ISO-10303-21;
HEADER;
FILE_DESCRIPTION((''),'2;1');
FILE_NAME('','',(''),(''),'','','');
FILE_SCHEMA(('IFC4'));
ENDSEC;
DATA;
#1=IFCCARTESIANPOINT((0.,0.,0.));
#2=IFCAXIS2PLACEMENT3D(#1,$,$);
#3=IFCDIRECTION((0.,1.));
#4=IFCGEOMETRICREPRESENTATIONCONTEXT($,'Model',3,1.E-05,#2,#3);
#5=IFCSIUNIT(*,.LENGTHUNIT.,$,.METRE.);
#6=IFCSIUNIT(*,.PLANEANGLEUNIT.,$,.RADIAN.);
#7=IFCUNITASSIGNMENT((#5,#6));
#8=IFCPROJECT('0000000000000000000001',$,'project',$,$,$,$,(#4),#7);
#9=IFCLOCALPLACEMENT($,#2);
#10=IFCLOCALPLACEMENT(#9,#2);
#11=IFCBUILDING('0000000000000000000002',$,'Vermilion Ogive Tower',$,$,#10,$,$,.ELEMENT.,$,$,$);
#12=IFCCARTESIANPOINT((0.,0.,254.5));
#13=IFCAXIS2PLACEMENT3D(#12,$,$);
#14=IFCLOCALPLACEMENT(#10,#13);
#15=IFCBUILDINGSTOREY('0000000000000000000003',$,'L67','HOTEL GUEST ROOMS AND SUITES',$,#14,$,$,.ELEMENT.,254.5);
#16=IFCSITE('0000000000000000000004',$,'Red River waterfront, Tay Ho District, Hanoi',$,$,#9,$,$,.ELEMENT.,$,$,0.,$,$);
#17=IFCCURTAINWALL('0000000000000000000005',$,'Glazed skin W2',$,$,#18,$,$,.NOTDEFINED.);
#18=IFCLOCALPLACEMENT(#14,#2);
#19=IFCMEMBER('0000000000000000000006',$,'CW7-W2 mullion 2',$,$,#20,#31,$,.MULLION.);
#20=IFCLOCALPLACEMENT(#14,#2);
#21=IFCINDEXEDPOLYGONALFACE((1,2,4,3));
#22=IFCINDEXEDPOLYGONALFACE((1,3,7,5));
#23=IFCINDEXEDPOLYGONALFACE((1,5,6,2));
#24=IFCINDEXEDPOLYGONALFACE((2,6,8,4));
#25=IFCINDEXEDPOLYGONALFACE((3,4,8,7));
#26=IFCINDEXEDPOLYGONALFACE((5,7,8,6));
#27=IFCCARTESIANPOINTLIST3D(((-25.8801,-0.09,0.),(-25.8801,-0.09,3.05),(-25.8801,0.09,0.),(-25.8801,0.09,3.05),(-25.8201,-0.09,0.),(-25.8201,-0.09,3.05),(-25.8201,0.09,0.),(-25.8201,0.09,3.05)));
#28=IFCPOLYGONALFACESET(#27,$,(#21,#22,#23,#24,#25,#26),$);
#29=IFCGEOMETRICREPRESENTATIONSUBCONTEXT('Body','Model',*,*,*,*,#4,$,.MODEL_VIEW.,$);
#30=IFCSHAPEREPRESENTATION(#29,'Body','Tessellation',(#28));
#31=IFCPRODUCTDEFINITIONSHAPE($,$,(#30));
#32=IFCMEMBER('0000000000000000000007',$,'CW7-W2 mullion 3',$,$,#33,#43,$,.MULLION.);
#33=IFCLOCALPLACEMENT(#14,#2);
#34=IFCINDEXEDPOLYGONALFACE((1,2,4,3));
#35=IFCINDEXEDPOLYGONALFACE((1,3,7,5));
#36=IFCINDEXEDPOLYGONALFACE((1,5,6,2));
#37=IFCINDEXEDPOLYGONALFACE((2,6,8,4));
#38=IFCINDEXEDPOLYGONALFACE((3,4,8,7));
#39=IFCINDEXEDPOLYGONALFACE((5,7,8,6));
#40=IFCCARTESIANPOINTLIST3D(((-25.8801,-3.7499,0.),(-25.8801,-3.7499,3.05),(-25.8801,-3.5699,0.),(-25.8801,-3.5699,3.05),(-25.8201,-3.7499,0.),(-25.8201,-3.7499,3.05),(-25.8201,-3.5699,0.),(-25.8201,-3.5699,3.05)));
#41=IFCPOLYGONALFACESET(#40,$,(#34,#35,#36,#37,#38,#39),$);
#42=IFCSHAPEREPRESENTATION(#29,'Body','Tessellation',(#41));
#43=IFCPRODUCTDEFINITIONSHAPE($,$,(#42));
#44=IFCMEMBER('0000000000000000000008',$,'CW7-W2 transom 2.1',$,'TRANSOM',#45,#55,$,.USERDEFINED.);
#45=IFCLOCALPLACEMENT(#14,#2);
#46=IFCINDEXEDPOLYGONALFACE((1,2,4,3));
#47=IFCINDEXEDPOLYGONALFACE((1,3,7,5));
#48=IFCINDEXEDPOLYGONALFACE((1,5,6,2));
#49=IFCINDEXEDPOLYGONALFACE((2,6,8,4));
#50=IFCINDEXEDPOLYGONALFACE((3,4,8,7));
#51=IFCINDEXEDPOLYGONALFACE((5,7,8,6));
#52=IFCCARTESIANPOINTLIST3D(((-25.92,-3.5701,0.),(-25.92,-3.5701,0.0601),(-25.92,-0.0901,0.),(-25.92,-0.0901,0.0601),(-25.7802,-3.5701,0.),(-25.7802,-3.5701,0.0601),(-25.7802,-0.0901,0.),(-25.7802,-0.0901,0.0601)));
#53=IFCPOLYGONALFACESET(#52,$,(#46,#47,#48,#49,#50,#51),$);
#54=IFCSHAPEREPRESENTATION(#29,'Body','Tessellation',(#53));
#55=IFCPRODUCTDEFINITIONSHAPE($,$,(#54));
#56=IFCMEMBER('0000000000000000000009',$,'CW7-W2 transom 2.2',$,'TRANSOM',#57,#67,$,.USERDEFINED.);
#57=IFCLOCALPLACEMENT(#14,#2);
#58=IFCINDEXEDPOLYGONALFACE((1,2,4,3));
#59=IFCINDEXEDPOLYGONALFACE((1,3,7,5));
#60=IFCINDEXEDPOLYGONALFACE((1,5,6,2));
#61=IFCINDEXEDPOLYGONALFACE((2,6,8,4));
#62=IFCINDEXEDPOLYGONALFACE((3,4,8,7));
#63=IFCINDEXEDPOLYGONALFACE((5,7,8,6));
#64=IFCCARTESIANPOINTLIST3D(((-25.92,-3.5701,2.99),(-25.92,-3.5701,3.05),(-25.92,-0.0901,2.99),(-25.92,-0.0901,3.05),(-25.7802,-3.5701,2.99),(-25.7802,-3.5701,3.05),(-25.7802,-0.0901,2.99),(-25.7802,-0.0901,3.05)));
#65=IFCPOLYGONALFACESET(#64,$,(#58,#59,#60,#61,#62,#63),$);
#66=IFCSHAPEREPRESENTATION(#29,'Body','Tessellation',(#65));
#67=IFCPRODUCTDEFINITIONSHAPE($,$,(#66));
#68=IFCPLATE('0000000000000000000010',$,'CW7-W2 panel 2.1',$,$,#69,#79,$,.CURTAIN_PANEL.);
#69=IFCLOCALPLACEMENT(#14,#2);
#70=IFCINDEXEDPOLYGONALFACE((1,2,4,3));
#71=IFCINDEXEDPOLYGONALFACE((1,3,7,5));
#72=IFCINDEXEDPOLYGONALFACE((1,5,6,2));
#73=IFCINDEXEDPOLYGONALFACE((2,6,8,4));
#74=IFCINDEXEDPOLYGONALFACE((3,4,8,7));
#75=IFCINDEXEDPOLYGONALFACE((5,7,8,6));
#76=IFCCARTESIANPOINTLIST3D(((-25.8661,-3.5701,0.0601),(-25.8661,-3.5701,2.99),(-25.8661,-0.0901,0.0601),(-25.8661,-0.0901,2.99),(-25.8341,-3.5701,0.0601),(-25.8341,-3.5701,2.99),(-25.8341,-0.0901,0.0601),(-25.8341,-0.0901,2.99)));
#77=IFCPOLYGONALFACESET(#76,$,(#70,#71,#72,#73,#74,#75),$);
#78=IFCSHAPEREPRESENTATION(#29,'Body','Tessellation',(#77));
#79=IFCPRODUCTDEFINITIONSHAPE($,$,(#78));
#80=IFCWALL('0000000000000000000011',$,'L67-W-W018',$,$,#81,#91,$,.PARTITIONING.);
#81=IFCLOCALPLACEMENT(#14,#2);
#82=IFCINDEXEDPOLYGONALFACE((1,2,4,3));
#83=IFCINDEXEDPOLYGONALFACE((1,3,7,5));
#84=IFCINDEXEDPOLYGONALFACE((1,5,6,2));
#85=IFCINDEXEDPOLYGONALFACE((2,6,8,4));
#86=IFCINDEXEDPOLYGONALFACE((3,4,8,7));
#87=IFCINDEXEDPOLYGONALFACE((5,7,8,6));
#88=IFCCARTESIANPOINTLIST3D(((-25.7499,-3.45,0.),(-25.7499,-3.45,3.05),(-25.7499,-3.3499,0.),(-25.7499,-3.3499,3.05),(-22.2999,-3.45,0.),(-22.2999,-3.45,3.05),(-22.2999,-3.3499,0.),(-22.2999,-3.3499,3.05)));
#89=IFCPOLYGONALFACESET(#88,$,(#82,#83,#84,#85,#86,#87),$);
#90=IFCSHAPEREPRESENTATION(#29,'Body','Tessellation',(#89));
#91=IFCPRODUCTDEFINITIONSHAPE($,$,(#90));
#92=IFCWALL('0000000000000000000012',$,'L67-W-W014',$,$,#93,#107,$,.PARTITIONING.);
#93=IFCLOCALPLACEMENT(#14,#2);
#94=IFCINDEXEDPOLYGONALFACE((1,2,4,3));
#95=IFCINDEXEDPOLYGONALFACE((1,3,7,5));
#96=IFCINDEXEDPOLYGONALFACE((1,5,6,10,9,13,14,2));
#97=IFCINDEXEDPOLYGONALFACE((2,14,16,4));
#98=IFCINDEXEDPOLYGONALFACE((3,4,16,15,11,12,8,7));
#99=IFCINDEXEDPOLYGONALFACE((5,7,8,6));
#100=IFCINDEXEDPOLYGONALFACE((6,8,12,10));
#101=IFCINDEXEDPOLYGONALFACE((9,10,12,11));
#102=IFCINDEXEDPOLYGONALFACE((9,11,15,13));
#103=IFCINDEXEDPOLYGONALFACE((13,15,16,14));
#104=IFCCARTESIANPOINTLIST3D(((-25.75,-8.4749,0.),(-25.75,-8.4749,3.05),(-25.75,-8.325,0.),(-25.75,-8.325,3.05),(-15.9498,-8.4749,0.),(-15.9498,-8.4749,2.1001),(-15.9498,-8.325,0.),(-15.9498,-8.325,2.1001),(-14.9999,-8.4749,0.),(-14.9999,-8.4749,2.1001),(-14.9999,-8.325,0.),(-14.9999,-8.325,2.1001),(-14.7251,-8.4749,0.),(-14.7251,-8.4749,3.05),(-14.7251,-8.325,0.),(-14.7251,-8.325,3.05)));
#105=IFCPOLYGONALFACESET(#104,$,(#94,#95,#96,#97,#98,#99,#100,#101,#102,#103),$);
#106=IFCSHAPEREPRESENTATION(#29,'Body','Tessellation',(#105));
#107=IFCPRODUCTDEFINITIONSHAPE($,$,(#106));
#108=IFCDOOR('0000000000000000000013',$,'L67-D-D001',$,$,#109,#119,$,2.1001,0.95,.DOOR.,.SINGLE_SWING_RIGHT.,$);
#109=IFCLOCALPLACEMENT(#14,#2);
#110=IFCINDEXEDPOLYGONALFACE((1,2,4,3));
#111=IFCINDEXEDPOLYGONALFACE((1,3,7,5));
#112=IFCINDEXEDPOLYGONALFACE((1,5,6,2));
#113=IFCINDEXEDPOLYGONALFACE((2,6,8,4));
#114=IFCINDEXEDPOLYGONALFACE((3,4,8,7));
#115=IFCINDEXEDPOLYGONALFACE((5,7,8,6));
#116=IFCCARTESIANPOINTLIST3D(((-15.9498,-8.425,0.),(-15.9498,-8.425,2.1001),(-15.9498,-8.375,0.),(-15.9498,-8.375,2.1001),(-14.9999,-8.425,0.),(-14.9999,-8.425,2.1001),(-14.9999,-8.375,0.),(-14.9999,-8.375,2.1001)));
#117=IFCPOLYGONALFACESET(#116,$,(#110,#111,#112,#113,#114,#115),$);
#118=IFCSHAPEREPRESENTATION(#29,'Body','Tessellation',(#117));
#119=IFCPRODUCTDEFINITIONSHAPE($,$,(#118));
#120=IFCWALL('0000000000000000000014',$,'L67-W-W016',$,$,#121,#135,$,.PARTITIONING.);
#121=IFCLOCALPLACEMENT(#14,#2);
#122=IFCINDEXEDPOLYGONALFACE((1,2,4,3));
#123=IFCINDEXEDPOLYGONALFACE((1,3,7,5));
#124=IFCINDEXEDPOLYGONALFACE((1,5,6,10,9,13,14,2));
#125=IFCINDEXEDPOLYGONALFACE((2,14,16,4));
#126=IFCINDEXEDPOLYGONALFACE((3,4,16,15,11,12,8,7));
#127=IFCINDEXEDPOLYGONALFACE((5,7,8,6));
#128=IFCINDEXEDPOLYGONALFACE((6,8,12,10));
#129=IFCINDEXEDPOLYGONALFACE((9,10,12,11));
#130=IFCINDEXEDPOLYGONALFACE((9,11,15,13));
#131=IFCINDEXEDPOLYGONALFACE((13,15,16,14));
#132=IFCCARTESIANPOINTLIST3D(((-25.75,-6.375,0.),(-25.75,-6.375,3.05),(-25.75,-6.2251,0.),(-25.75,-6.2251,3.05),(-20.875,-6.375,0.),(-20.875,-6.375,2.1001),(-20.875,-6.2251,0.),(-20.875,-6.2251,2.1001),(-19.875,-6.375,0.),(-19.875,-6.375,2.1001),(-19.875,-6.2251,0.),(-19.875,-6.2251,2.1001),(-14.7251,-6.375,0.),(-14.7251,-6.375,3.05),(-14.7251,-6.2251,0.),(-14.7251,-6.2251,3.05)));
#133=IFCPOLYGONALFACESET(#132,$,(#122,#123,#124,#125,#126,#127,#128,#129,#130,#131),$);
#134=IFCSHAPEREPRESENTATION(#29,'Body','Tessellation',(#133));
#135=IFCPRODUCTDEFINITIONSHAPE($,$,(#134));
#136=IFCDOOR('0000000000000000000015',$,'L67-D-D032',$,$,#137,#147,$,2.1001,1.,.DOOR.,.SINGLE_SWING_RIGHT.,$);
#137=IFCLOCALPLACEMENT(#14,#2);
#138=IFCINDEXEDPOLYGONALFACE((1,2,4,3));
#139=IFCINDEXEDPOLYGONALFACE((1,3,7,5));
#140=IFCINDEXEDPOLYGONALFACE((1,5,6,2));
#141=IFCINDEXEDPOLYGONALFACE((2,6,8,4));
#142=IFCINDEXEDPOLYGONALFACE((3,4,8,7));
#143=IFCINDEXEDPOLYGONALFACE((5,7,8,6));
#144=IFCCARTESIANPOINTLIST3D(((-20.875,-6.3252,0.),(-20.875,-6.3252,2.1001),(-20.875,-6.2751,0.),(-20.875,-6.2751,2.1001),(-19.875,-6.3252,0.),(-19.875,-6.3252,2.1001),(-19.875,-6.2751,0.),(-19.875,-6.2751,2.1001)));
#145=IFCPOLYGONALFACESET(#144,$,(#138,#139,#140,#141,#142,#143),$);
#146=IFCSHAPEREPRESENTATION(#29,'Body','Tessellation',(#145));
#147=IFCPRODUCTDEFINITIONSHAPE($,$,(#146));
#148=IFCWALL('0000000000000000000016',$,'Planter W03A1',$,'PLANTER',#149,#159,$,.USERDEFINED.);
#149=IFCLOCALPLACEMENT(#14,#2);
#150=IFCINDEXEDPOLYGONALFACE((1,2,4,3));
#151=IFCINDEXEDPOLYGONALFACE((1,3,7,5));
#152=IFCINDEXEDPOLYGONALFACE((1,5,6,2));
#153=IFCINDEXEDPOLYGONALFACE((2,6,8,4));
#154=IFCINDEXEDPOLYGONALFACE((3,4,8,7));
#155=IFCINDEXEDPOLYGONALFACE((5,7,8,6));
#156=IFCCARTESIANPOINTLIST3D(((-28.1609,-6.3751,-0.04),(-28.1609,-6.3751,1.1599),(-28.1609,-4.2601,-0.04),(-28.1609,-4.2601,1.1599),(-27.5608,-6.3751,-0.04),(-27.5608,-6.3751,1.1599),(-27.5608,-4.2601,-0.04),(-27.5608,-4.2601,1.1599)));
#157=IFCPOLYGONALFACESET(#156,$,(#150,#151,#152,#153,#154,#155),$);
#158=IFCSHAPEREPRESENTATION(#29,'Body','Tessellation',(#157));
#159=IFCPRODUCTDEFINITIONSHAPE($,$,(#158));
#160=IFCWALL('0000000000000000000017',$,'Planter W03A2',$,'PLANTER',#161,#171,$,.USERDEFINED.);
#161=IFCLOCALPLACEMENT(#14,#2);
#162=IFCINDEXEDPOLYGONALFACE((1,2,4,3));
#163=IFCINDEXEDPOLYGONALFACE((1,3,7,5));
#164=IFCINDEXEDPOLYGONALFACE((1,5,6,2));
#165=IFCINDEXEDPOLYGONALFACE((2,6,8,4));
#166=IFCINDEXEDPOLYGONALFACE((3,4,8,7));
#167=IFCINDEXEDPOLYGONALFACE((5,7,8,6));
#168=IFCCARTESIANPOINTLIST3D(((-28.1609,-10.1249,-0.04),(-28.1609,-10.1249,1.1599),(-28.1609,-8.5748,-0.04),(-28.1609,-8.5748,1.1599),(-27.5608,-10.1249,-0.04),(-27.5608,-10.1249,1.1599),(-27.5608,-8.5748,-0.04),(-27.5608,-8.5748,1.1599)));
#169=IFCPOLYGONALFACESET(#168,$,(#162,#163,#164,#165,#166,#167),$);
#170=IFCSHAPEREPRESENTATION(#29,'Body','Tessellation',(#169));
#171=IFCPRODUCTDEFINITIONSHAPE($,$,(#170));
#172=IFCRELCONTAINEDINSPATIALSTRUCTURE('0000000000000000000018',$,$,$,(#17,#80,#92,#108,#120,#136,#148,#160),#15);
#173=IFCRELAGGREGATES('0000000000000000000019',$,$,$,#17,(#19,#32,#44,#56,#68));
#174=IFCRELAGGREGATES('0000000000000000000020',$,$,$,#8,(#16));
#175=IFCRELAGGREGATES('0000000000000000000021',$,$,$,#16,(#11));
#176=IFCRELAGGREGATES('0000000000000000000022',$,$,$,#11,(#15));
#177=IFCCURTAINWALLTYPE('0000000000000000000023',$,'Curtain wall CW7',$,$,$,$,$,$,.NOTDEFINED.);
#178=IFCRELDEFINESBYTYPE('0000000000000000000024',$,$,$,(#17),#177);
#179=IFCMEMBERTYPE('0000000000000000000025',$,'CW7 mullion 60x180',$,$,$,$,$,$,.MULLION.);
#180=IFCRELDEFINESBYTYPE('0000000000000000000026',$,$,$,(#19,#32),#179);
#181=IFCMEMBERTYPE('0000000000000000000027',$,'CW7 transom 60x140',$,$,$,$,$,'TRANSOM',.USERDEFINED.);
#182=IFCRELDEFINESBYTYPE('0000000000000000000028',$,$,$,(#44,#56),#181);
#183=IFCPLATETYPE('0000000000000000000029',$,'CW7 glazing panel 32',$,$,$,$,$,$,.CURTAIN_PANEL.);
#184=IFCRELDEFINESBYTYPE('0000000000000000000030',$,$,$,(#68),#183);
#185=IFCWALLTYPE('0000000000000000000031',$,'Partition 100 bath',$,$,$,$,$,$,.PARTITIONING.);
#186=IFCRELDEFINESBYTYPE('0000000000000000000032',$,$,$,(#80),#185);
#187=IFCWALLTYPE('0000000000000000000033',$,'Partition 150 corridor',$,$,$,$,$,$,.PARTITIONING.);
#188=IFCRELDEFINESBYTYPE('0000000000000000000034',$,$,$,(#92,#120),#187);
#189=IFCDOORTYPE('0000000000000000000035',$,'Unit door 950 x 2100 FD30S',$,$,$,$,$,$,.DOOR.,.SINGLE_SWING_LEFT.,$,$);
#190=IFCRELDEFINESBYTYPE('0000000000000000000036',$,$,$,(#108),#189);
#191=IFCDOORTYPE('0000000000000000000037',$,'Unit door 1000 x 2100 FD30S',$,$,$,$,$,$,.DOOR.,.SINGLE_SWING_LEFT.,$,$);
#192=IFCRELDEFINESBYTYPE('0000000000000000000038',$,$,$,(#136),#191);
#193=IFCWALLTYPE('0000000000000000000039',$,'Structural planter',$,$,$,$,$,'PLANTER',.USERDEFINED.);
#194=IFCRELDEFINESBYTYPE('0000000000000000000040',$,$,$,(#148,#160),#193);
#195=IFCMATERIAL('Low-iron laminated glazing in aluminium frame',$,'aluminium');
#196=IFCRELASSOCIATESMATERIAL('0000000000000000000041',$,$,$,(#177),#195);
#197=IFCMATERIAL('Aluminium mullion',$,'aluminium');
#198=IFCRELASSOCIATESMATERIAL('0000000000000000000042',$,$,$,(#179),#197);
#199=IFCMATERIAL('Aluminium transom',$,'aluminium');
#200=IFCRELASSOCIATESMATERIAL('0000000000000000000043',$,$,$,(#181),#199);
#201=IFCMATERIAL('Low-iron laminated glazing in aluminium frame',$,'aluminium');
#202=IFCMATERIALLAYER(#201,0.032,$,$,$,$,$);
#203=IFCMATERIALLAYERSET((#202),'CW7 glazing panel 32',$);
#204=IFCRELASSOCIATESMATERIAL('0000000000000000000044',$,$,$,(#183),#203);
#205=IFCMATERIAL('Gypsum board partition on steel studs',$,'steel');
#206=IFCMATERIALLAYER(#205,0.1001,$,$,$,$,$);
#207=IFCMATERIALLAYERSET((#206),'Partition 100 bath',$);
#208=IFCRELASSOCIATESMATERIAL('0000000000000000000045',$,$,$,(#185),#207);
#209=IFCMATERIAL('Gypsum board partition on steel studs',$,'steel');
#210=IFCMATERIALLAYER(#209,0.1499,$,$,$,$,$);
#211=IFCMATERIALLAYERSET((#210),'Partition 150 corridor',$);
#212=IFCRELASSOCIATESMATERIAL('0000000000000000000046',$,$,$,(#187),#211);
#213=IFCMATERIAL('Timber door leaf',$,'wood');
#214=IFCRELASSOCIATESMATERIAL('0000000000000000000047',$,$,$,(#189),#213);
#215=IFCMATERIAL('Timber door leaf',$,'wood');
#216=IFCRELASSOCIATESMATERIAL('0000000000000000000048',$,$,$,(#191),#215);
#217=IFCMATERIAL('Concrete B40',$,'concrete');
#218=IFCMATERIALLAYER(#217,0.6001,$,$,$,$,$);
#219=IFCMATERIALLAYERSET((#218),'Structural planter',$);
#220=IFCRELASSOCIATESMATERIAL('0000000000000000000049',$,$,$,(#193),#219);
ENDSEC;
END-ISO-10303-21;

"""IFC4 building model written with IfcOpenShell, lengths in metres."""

from ifc_helpers import new_model, si_unit, direction, frame, frame_2d, origin, origin_2d, place, context, subcontext, project, spatial, rectangle, extrude, material, layer, layer_set, material_profile, profile_set, type_object, element, fill, aggregate, save


model = new_model("IFC4")

# Units and contexts
model_context = context("Model", 3, precision=1e-05, world=origin(), true_north=direction((0.0, 1.0)))
body_context = subcontext(model_context, "Body", "Model", "MODEL_VIEW")
ifc_project = project(units=[si_unit("LENGTHUNIT", "METRE"), si_unit("PLANEANGLEUNIT", "RADIAN")], contexts=[model_context])

# Site, building, storey
site_placement = place(None, origin())
site = spatial("IfcSite", under=ifc_project, at=site_placement, Name="Red River waterfront, Tay Ho District, Hanoi", CompositionType="ELEMENT", RefElevation=0.0)
building_placement = place(site_placement, origin())
building = spatial("IfcBuilding", under=site, at=building_placement, Name="Vermilion Ogive Tower", CompositionType="ELEMENT")
storey_placement = place(building_placement, frame((0.0, 0.0, 254.5)))
storey = spatial("IfcBuildingStorey", under=building, at=storey_placement, Name="L67", Description="HOTEL GUEST ROOMS AND SUITES", CompositionType="ELEMENT", Elevation=254.5)

# Curtain wall, members, plate
ifc_material_1 = material(Name="Low-iron laminated glazing in aluminium frame", Category="aluminium")
curtain_wall_type = type_object("IfcCurtainWallType", Name="Curtain wall CW7", PredefinedType="NOTDEFINED", material=ifc_material_1)
curtain_wall_placement = place(storey_placement, origin())
curtain_wall = element("IfcCurtainWall", 1, at=curtain_wall_placement, inside=storey, type_object=curtain_wall_type, Name="Glazed skin W2", PredefinedType="NOTDEFINED")
ifc_material_2 = material(Name="Aluminium mullion", Category="aluminium")
ifc_material_profile_1 = material_profile(ifc_material_2, rectangle(XDim=0.0601, YDim=0.1799, at=origin_2d()), Name="AL 60x180")
ifc_profile_set_1 = profile_set([ifc_material_profile_1], Name="Aluminium mullion")
member_type_1 = type_object("IfcMemberType", Name="CW7 mullion 60x180", PredefinedType="MULLION", material=ifc_profile_set_1)
member_1_placement = place(storey_placement, frame((-25.8501, 0.0, 0.0), z_axis=(0.0, 0.0, 1.0), x_axis=(1.0, 0.0, 0.0)))
member_1 = element("IfcMember", 2, at=member_1_placement, type_object=member_type_1, Name="CW7-W2 mullion 2", PredefinedType="MULLION", context=body_context, shape_type="SweptSolid", body=[
    extrude(rectangle(XDim=0.0601, YDim=0.1799, at=origin_2d()), origin(), (0.0, 0.0, 1.0), 3.05),
])
member_2_placement = place(storey_placement, frame((-25.8501, -3.6599, 0.0), z_axis=(0.0, 0.0, 1.0), x_axis=(1.0, 0.0, 0.0)))
member_2 = element("IfcMember", 3, at=member_2_placement, type_object=member_type_1, Name="CW7-W2 mullion 3", PredefinedType="MULLION", context=body_context, shape_type="SweptSolid", body=[
    extrude(rectangle(XDim=0.0601, YDim=0.1799, at=origin_2d()), origin(), (0.0, 0.0, 1.0), 3.05),
])
ifc_material_3 = material(Name="Aluminium transom", Category="aluminium")
ifc_material_profile_2 = material_profile(ifc_material_3, rectangle(XDim=0.1399, YDim=0.0601, at=origin_2d()), Name="AL 60x140")
ifc_profile_set_2 = profile_set([ifc_material_profile_2], Name="Aluminium transom")
member_type_2 = type_object("IfcMemberType", Name="CW7 transom 60x140", ElementType="TRANSOM", PredefinedType="USERDEFINED", material=ifc_profile_set_2)
member_3_placement = place(storey_placement, frame((-25.8501, -0.0901, 0.03), z_axis=(0.0, -1.0, 0.0), x_axis=(1.0, 0.0, 0.0)))
member_3 = element("IfcMember", 4, at=member_3_placement, type_object=member_type_2, Name="CW7-W2 transom 2.1", ObjectType="TRANSOM", PredefinedType="USERDEFINED", context=body_context, shape_type="SweptSolid", body=[
    extrude(rectangle(XDim=0.1399, YDim=0.0601, at=origin_2d()), origin(), (0.0, 0.0, 1.0), 3.48),
])
member_4_placement = place(storey_placement, frame((-25.8501, -0.0901, 3.02), z_axis=(0.0, -1.0, 0.0), x_axis=(1.0, 0.0, 0.0)))
member_4 = element("IfcMember", 5, at=member_4_placement, type_object=member_type_2, Name="CW7-W2 transom 2.2", ObjectType="TRANSOM", PredefinedType="USERDEFINED", context=body_context, shape_type="SweptSolid", body=[
    extrude(rectangle(XDim=0.1399, YDim=0.0601, at=origin_2d()), origin(), (0.0, 0.0, 1.0), 3.48),
])
ifc_material_4 = material(Name="Low-iron laminated glazing in aluminium frame", Category="aluminium")
ifc_layer_1 = layer(ifc_material_4, 0.032)
ifc_layer_set_1 = layer_set([ifc_layer_1], Name="CW7 glazing panel 32")
plate_type = type_object("IfcPlateType", Name="CW7 glazing panel 32", PredefinedType="CURTAIN_PANEL", material=ifc_layer_set_1)
plate_placement = place(storey_placement, frame((-25.8501, -1.8301, 0.0601), z_axis=(0.0, 0.0, 1.0), x_axis=(0.0, -1.0, 0.0)))
plate = element("IfcPlate", 6, at=plate_placement, type_object=plate_type, Name="CW7-W2 panel 2.1", PredefinedType="CURTAIN_PANEL", context=body_context, shape_type="SweptSolid", body=[
    extrude(rectangle(XDim=3.48, YDim=0.032, at=origin_2d()), origin(), (0.0, 0.0, 1.0), 2.9299),
])
aggregate(curtain_wall, [member_1, member_2, member_3, member_4, plate])

# Wall
ifc_material_5 = material(Name="Gypsum board partition on steel studs", Category="steel")
ifc_layer_2 = layer(ifc_material_5, 0.1001)
ifc_layer_set_2 = layer_set([ifc_layer_2], Name="Partition 100 bath")
wall_type_1 = type_object("IfcWallType", Name="Partition 100 bath", PredefinedType="PARTITIONING", material=ifc_layer_set_2)
wall_1_placement = place(storey_placement, frame((-25.75, -3.3999, 0.0), z_axis=(0.0, 0.0, 1.0), x_axis=(1.0, 0.0, 0.0)))
element("IfcWall", 7, at=wall_1_placement, inside=storey, type_object=wall_type_1, Name="L67-W-W018", PredefinedType="PARTITIONING", context=body_context, shape_type="SweptSolid", body=[
    extrude(rectangle(XDim=3.45, YDim=0.1001, at=frame_2d((1.7251, 0.0))), origin(), (0.0, 0.0, 1.0), 3.05),
])

# Walls, openings, doors
ifc_material_6 = material(Name="Gypsum board partition on steel studs", Category="steel")
ifc_layer_3 = layer(ifc_material_6, 0.1499)
ifc_layer_set_3 = layer_set([ifc_layer_3], Name="Partition 150 corridor")
wall_type_2 = type_object("IfcWallType", Name="Partition 150 corridor", PredefinedType="PARTITIONING", material=ifc_layer_set_3)
wall_2_placement = place(storey_placement, frame((-25.75, -8.3999, 0.0), z_axis=(0.0, 0.0, 1.0), x_axis=(1.0, 0.0, 0.0)))
wall_2 = element("IfcWall", 8, at=wall_2_placement, inside=storey, type_object=wall_type_2, Name="L67-W-W014", PredefinedType="PARTITIONING", context=body_context, shape_type="SweptSolid", body=[
    extrude(rectangle(XDim=11.0249, YDim=0.1499, at=frame_2d((5.5125, 0.0))), origin(), (0.0, 0.0, 1.0), 3.05),
])
opening_1_placement = place(wall_2_placement, frame((9.8, 0.0, 0.0)))
opening_1 = element("IfcOpeningElement", 9, at=opening_1_placement, cuts=wall_2, PredefinedType="OPENING", context=body_context, shape_type="SweptSolid", body=[
    extrude(rectangle(XDim=0.95, YDim=2.1001, at=frame_2d((0.4751, 1.05))), frame((0.0, 0.085, 0.0), z_axis=(0.0, -1.0, 0.0), x_axis=(1.0, 0.0, 0.0)), (0.0, 0.0, 1.0), 0.1699),
])
ifc_material_7 = material(Name="Timber door leaf", Category="wood")
door_type_1 = type_object("IfcDoorType", Name="Unit door 950 x 2100 FD30S", OperationType="SINGLE_SWING_LEFT", PredefinedType="DOOR", material=ifc_material_7)
door_1_placement = place(opening_1_placement, origin())
door_1 = element("IfcDoor", 10, at=door_1_placement, inside=storey, type_object=door_type_1, Name="L67-D-D001", OperationType="SINGLE_SWING_RIGHT", OverallHeight=2.1001, OverallWidth=0.95, PredefinedType="DOOR", context=body_context, shape_type="SweptSolid", body=[
    extrude(rectangle(XDim=0.95, YDim=2.1001, at=frame_2d((0.4751, 1.05))), frame((0.0, 0.0249, 0.0), z_axis=(0.0, -1.0, 0.0), x_axis=(1.0, 0.0, 0.0)), (0.0, 0.0, 1.0), 0.05),
])
fill(opening_1, door_1)
wall_3_placement = place(storey_placement, frame((-25.75, -6.3, 0.0), z_axis=(0.0, 0.0, 1.0), x_axis=(1.0, 0.0, 0.0)))
wall_3 = element("IfcWall", 11, at=wall_3_placement, inside=storey, type_object=wall_type_2, Name="L67-W-W016", PredefinedType="PARTITIONING", context=body_context, shape_type="SweptSolid", body=[
    extrude(rectangle(XDim=11.0249, YDim=0.1499, at=frame_2d((5.5125, 0.0))), origin(), (0.0, 0.0, 1.0), 3.05),
])
opening_2_placement = place(wall_3_placement, frame((4.875, 0.0, 0.0)))
opening_2 = element("IfcOpeningElement", 12, at=opening_2_placement, cuts=wall_3, PredefinedType="OPENING", context=body_context, shape_type="SweptSolid", body=[
    extrude(rectangle(XDim=1.0, YDim=2.1001, at=frame_2d((0.5, 1.05))), frame((0.0, 0.085, 0.0), z_axis=(0.0, -1.0, 0.0), x_axis=(1.0, 0.0, 0.0)), (0.0, 0.0, 1.0), 0.1699),
])
ifc_material_8 = material(Name="Timber door leaf", Category="wood")
door_type_2 = type_object("IfcDoorType", Name="Unit door 1000 x 2100 FD30S", OperationType="SINGLE_SWING_LEFT", PredefinedType="DOOR", material=ifc_material_8)
door_2_placement = place(opening_2_placement, origin())
door_2 = element("IfcDoor", 13, at=door_2_placement, inside=storey, type_object=door_type_2, Name="L67-D-D032", OperationType="SINGLE_SWING_RIGHT", OverallHeight=2.1001, OverallWidth=1.0, PredefinedType="DOOR", context=body_context, shape_type="SweptSolid", body=[
    extrude(rectangle(XDim=1.0, YDim=2.1001, at=frame_2d((0.5, 1.05))), frame((0.0, 0.0249, 0.0), z_axis=(0.0, -1.0, 0.0), x_axis=(1.0, 0.0, 0.0)), (0.0, 0.0, 1.0), 0.05),
])
fill(opening_2, door_2)

# Walls
ifc_material_9 = material(Name="Concrete B40", Category="concrete")
ifc_layer_4 = layer(ifc_material_9, 0.6001)
ifc_layer_set_4 = layer_set([ifc_layer_4], Name="Structural planter")
wall_type_3 = type_object("IfcWallType", Name="Structural planter", ElementType="PLANTER", PredefinedType="USERDEFINED", material=ifc_layer_set_4)
wall_4_placement = place(storey_placement, frame((-27.8608, -4.26, -0.04), z_axis=(0.0, 0.0, 1.0), x_axis=(0.0, -1.0, 0.0)))
element("IfcWall", 14, at=wall_4_placement, inside=storey, type_object=wall_type_3, Name="Planter W03A1", ObjectType="PLANTER", PredefinedType="USERDEFINED", context=body_context, shape_type="SweptSolid", body=[
    extrude(rectangle(XDim=2.115, YDim=0.6001, at=frame_2d((1.0576, 0.0))), origin(), (0.0, 0.0, 1.0), 1.2),
])
wall_5_placement = place(storey_placement, frame((-27.8608, -8.575, -0.04), z_axis=(0.0, 0.0, 1.0), x_axis=(0.0, -1.0, 0.0)))
element("IfcWall", 15, at=wall_5_placement, inside=storey, type_object=wall_type_3, Name="Planter W03A2", ObjectType="PLANTER", PredefinedType="USERDEFINED", context=body_context, shape_type="SweptSolid", body=[
    extrude(rectangle(XDim=1.55, YDim=0.6001, at=frame_2d((0.7749, 0.0))), origin(), (0.0, 0.0, 1.0), 1.2),
])

save(model, "model.ifc")
